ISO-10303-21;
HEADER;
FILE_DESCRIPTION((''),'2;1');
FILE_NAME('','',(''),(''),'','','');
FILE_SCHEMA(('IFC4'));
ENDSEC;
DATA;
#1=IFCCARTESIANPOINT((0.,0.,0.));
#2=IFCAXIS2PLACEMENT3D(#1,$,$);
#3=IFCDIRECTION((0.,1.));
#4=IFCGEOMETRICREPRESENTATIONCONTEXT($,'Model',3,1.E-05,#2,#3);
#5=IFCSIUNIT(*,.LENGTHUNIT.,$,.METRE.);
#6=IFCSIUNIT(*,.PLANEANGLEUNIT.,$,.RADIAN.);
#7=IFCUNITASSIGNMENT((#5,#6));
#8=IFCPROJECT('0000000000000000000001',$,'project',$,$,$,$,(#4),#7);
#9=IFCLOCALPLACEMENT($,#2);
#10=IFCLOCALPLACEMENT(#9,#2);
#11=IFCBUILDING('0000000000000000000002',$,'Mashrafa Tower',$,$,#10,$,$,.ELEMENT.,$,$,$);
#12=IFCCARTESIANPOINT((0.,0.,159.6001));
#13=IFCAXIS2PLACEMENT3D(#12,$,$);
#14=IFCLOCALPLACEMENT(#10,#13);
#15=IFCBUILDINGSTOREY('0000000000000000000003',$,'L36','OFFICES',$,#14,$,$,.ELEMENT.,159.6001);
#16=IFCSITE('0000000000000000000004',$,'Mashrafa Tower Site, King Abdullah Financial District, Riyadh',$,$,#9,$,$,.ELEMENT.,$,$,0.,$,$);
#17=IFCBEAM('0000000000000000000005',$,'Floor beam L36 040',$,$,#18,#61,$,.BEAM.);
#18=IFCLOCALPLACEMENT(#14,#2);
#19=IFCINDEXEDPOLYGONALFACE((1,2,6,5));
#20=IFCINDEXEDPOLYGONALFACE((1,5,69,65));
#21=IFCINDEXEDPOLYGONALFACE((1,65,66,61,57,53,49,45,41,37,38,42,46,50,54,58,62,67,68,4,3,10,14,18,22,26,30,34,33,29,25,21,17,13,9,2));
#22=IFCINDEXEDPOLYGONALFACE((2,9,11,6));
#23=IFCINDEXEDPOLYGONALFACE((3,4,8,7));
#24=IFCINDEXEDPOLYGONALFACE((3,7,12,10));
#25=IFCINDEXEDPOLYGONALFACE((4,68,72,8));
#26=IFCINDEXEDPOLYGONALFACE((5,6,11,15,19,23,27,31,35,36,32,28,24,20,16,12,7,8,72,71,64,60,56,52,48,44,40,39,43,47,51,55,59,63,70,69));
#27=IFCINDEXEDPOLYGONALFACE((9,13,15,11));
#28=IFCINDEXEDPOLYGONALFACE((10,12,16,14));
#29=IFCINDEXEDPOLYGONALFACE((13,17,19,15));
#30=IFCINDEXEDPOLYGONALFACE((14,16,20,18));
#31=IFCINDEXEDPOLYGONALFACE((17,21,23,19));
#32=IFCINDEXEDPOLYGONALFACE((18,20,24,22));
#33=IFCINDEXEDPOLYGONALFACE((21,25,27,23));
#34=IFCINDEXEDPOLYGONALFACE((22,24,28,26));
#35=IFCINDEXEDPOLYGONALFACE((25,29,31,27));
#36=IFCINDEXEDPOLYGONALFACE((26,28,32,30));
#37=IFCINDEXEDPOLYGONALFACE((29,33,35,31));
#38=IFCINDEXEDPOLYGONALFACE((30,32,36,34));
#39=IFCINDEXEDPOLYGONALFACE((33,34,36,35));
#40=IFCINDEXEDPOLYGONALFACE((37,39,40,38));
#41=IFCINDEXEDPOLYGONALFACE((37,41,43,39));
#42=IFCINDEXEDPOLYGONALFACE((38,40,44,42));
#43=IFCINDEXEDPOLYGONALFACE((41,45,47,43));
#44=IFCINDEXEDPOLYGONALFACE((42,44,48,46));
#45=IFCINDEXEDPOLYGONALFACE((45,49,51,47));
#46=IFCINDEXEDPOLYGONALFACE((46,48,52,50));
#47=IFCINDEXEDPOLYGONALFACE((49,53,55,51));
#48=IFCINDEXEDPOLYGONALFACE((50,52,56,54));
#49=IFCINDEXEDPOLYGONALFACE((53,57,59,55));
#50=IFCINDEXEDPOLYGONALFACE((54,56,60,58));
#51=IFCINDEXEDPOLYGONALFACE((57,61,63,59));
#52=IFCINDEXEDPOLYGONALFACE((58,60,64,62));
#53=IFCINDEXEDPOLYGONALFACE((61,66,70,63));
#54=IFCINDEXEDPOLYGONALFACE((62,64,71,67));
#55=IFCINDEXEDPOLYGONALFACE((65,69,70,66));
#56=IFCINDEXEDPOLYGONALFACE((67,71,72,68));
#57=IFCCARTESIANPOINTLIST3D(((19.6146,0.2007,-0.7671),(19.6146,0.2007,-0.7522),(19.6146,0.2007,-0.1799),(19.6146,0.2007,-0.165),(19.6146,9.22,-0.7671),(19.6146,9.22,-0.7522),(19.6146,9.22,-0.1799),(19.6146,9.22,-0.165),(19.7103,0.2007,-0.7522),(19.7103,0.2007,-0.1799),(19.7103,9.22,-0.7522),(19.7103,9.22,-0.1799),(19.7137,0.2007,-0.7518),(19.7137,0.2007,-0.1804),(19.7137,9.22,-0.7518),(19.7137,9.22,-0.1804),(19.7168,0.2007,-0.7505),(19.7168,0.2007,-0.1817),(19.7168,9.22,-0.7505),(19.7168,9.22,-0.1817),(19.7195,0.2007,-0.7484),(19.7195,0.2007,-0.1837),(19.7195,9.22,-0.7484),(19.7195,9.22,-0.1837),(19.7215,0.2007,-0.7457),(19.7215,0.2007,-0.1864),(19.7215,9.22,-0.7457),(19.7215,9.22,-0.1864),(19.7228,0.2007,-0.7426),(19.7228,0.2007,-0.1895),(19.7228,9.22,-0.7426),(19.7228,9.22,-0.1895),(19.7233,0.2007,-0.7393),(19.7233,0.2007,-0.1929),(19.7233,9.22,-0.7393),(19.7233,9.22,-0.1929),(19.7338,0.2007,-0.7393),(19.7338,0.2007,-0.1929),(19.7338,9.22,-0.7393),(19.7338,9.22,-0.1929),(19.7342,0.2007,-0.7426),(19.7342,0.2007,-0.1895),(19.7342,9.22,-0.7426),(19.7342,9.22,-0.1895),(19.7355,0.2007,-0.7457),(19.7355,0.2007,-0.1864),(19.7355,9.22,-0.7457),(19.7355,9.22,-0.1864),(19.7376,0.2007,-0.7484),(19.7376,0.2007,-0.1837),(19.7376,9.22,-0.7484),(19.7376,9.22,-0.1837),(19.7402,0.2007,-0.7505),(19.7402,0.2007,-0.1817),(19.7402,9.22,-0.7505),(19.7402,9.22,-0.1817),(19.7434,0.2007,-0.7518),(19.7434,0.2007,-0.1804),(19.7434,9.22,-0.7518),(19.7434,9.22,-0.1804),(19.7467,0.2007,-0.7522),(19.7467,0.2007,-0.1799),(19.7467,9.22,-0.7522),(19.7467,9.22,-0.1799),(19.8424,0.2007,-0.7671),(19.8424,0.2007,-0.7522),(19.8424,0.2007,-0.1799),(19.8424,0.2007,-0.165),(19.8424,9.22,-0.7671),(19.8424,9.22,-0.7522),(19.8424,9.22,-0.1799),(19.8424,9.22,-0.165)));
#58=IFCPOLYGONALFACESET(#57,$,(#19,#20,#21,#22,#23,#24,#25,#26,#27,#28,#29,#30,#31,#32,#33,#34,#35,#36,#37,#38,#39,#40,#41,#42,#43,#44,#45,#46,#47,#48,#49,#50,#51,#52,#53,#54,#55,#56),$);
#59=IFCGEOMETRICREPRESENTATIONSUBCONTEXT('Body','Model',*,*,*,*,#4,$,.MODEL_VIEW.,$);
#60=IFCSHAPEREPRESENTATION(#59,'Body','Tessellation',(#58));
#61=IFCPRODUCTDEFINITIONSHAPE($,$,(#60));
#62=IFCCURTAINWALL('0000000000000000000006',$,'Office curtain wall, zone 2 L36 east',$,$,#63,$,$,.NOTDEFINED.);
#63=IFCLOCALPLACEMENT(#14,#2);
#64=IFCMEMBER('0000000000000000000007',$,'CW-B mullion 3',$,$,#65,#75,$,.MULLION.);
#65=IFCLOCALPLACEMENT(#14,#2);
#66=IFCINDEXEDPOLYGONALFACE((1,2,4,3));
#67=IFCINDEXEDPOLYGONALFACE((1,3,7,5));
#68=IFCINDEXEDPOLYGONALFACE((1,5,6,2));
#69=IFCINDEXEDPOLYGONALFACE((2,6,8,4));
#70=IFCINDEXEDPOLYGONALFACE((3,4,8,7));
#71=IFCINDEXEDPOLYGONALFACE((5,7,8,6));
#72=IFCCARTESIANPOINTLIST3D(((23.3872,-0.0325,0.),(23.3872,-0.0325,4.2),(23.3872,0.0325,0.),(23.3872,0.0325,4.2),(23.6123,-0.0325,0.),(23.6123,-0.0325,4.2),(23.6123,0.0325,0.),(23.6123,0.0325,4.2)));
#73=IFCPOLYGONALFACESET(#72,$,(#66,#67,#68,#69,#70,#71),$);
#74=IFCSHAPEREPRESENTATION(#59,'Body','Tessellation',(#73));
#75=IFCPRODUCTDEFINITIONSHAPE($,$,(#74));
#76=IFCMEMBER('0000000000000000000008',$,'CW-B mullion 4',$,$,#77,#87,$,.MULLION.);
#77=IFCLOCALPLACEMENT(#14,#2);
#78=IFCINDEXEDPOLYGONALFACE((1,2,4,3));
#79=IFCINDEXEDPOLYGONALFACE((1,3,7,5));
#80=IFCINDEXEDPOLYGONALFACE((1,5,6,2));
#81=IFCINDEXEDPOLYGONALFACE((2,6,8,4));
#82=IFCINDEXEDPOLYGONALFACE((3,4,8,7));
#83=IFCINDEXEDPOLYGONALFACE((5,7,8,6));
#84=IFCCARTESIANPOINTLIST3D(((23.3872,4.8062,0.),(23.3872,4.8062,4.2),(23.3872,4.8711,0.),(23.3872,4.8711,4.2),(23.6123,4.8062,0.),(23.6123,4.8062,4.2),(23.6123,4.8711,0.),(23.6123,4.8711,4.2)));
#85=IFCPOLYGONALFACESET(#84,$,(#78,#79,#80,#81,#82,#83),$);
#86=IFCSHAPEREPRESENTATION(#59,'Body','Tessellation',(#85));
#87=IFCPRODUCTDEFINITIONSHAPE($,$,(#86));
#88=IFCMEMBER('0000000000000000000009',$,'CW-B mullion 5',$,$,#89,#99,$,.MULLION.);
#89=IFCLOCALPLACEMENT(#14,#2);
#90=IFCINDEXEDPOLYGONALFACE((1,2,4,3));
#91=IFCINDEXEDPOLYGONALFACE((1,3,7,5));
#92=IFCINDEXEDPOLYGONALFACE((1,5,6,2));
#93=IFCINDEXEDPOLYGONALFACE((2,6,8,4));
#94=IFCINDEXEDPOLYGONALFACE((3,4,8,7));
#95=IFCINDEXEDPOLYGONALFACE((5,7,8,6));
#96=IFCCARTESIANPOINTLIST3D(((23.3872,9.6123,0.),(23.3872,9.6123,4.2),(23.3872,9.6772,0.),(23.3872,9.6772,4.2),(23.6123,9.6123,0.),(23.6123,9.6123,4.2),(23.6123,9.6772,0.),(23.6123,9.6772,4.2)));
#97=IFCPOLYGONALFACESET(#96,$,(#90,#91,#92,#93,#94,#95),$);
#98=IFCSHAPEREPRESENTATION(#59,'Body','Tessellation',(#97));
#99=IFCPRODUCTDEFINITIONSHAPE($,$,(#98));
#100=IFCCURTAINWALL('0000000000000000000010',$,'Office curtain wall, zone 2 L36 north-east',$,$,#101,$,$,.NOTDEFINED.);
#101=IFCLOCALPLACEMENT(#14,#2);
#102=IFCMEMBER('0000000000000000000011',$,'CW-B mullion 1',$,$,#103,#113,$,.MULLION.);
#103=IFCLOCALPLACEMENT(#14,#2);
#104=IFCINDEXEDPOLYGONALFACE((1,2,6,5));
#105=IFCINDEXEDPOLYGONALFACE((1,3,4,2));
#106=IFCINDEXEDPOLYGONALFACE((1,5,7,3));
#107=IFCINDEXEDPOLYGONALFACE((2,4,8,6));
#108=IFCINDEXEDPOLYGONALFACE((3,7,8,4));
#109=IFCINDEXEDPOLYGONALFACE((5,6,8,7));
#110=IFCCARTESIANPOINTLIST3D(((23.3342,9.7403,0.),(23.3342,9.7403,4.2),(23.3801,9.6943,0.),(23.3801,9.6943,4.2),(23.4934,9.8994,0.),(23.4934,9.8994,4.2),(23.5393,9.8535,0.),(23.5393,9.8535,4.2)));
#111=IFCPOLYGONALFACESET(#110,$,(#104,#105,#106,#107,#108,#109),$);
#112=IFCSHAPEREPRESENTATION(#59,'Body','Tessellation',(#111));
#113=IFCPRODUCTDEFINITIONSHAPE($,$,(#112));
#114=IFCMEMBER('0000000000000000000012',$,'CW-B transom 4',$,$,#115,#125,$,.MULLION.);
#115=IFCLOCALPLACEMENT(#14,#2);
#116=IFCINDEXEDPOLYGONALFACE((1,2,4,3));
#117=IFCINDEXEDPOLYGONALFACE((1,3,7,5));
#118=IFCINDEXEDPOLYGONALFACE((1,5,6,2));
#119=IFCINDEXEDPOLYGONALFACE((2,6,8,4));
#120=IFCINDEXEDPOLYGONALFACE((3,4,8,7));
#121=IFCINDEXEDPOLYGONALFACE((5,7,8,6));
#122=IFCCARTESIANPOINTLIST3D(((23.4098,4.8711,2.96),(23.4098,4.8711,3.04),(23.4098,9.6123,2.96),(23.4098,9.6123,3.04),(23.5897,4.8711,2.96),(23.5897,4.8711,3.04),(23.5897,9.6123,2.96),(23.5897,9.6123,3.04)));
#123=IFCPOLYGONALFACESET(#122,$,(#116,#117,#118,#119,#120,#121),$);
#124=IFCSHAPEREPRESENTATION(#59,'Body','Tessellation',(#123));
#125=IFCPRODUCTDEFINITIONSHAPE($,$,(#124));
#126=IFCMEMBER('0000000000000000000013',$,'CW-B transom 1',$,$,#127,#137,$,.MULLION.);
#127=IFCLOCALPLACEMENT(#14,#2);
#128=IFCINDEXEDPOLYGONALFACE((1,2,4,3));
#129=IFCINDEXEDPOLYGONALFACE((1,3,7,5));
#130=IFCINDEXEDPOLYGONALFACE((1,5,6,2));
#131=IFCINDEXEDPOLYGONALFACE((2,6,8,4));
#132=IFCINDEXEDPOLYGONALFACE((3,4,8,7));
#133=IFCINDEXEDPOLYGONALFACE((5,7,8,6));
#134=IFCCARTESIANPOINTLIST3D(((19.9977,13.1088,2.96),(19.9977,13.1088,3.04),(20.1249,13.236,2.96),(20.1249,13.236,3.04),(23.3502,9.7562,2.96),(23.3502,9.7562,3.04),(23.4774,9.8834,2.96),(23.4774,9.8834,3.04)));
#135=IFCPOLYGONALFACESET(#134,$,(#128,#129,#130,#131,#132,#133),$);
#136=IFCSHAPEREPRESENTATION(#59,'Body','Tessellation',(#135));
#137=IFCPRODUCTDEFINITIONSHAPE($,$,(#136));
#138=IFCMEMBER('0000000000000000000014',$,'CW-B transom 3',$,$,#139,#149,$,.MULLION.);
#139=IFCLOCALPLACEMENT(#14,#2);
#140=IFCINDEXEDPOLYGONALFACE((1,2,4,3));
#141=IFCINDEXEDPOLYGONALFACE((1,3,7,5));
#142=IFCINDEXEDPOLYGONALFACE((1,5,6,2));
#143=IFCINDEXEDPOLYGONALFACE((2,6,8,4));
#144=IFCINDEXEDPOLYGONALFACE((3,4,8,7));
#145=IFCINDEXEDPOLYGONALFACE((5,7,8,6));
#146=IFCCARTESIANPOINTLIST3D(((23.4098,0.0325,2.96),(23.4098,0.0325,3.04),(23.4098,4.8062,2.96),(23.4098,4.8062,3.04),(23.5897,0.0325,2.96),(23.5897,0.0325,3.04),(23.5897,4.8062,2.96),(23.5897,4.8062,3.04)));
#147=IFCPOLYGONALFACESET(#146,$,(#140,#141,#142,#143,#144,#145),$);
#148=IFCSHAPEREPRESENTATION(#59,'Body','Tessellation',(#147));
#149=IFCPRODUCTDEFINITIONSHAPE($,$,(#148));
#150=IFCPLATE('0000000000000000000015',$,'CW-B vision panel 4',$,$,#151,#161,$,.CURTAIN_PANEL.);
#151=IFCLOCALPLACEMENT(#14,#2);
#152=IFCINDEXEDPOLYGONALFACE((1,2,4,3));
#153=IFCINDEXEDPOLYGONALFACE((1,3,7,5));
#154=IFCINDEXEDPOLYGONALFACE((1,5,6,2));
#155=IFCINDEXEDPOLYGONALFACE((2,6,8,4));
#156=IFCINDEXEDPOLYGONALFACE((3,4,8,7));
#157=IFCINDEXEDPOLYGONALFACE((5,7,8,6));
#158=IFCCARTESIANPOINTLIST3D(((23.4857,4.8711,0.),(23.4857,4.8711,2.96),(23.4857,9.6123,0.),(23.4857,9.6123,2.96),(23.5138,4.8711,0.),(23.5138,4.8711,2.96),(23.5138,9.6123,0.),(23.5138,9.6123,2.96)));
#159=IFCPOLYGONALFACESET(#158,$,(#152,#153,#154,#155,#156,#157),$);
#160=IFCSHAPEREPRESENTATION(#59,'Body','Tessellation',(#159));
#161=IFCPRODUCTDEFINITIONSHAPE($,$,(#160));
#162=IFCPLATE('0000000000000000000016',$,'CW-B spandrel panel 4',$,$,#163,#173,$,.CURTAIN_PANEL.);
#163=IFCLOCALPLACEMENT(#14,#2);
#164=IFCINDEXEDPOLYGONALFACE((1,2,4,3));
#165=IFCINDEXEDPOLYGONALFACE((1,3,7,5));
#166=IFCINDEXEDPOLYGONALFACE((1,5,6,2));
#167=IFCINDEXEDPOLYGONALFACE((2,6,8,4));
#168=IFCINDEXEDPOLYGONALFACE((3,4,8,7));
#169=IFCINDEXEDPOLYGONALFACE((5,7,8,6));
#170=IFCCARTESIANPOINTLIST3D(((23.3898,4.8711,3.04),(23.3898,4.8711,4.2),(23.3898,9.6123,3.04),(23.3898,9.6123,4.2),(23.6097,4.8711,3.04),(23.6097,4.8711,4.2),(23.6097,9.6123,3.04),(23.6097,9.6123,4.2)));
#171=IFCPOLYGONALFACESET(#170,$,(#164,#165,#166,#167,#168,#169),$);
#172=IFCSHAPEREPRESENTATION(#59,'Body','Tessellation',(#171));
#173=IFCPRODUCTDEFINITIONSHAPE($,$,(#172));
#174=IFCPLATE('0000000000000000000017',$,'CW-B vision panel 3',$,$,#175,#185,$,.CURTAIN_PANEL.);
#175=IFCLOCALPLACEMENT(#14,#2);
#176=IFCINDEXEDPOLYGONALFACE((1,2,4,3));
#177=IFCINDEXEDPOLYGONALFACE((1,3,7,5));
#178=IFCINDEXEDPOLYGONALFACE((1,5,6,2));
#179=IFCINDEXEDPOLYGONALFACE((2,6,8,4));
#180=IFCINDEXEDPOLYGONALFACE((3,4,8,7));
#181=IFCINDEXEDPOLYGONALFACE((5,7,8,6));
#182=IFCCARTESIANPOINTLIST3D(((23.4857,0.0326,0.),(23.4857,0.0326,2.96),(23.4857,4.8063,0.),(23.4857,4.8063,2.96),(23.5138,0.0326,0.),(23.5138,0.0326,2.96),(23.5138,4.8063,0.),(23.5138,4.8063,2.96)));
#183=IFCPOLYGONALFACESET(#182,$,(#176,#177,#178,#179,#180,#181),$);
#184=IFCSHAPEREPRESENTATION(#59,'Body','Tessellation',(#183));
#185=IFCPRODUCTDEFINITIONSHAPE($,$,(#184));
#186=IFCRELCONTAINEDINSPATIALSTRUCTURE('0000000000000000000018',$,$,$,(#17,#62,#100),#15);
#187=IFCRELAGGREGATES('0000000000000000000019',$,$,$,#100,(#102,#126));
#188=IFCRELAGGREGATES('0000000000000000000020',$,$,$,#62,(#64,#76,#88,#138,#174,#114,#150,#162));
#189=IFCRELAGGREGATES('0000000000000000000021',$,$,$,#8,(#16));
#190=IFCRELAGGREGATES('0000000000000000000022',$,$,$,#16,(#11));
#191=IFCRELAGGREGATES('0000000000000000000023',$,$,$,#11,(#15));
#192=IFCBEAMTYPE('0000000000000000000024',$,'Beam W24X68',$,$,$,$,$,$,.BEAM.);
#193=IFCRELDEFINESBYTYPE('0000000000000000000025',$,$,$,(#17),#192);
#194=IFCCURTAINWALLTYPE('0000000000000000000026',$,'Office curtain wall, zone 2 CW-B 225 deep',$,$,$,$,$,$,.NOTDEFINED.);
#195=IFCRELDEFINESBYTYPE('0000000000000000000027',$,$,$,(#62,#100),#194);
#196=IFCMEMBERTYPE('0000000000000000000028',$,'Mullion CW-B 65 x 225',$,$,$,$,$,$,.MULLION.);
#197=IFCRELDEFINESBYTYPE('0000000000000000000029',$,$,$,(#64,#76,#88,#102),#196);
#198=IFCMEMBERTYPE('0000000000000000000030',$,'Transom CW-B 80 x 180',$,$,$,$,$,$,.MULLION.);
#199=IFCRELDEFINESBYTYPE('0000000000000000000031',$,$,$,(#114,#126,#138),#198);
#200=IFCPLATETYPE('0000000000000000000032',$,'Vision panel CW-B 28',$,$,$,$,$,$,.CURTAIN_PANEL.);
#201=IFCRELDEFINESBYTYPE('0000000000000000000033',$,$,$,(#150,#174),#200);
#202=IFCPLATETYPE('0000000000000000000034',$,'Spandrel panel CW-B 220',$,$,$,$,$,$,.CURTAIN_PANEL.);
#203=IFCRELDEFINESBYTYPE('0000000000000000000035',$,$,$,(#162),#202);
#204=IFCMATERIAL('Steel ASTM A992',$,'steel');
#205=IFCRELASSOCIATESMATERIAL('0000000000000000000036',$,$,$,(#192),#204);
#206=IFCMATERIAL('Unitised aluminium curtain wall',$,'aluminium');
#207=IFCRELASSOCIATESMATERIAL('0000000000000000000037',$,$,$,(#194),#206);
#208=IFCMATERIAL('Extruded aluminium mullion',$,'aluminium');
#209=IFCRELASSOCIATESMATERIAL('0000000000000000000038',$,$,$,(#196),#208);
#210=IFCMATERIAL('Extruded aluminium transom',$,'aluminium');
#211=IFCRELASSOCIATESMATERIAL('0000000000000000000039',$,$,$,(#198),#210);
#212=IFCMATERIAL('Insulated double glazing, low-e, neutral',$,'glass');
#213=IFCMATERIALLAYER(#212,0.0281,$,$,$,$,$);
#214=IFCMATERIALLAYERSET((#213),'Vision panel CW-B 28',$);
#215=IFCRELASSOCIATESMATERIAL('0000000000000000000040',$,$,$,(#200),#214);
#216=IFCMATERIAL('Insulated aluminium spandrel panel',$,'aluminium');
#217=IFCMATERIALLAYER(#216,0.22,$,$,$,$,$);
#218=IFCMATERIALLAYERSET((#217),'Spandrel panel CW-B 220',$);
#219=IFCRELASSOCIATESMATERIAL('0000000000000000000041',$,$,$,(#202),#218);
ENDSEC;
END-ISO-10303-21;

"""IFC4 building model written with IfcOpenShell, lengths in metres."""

from ifc_helpers import new_model, si_unit, direction, frame, origin, origin_2d, place, context, subcontext, project, spatial, rectangle, i_section, extrude, source, transform, mapped, material, layer, layer_set, material_profile, profile_set, type_object, type_shapes, element, aggregate, save


model = new_model("IFC4")

# Units and contexts
model_context = context("Model", 3, precision=1e-05, world=origin(), true_north=direction((0.0, 1.0)))
body_context = subcontext(model_context, "Body", "Model", "MODEL_VIEW")
ifc_project = project(units=[si_unit("LENGTHUNIT", "METRE"), si_unit("PLANEANGLEUNIT", "RADIAN")], contexts=[model_context])

# Site, building, storey
site_placement = place(None, origin())
site = spatial("IfcSite", under=ifc_project, at=site_placement, Name="Mashrafa Tower Site, King Abdullah Financial District, Riyadh", CompositionType="ELEMENT", RefElevation=0.0)
building_placement = place(site_placement, origin())
building = spatial("IfcBuilding", under=site, at=building_placement, Name="Mashrafa Tower", CompositionType="ELEMENT")
storey_placement = place(building_placement, frame((0.0, 0.0, 159.6001)))
storey = spatial("IfcBuildingStorey", under=building, at=storey_placement, Name="L36", Description="OFFICES", CompositionType="ELEMENT", Elevation=159.6001)

# Beam
ifc_material_1 = material(Name="Steel ASTM A992", Category="steel")
ifc_material_profile_1 = material_profile(ifc_material_1, i_section(OverallWidth=0.2278, OverallDepth=0.6021, WebThickness=0.0105, FlangeThickness=0.0149, FilletRadius=0.0129, at=origin_2d()), Name="W24X68")
ifc_profile_set_1 = profile_set([ifc_material_profile_1], Name="Steel ASTM A992")
beam_type_1 = type_object("IfcBeamType", Name="Beam W24X68", PredefinedType="BEAM", material=ifc_profile_set_1)
beam_1_placement = place(storey_placement, frame((19.7285, 9.22, -0.4661), z_axis=(0.0, -1.0, 0.0), x_axis=(1.0, 0.0, 0.0)))
element("IfcBeam", 1, at=beam_1_placement, inside=storey, type_object=beam_type_1, Name="Floor beam L36 040", PredefinedType="BEAM", context=body_context, shape_type="SweptSolid", body=[
    extrude(i_section(OverallWidth=0.2278, OverallDepth=0.6021, WebThickness=0.0105, FlangeThickness=0.0149, FilletRadius=0.0129, at=origin_2d()), origin(), (0.0, 0.0, 1.0), 9.0193),
])

# Curtain wall, members
ifc_material_2 = material(Name="Unitised aluminium curtain wall", Category="aluminium")
curtain_wall_type = type_object("IfcCurtainWallType", Name="Office curtain wall, zone 2 CW-B 225 deep", PredefinedType="NOTDEFINED", material=ifc_material_2)
curtain_wall_1_placement = place(storey_placement, origin())
curtain_wall_1 = element("IfcCurtainWall", 2, at=curtain_wall_1_placement, inside=storey, type_object=curtain_wall_type, Name="Office curtain wall, zone 2 L36 east", PredefinedType="NOTDEFINED")
ifc_material_3 = material(Name="Extruded aluminium mullion", Category="aluminium")
ifc_material_profile_2 = material_profile(ifc_material_3, rectangle(XDim=0.2251, YDim=0.0649, at=origin_2d()), Name="Mullion 65x225")
ifc_profile_set_2 = profile_set([ifc_material_profile_2], Name="Extruded aluminium mullion")
member_type_1 = type_object("IfcMemberType", Name="Mullion CW-B 65 x 225", PredefinedType="MULLION", material=ifc_profile_set_2)
shared_shape_1 = source(origin(), body_context, "Body", "SweptSolid", [
    extrude(rectangle(XDim=0.2251, YDim=0.0649, at=origin_2d()), origin(), (0.0, 0.0, 1.0), 4.2),
])
type_shapes(member_type_1, [shared_shape_1])
member_1_placement = place(storey_placement, frame((23.4998, 0.0, 0.0), z_axis=(0.0, 0.0, 1.0), x_axis=(-1.0, 0.0, 0.0)))
member_1 = element("IfcMember", 3, at=member_1_placement, type_object=member_type_1, Name="CW-B mullion 3", PredefinedType="MULLION", context=body_context, shape_type="MappedRepresentation", body=[
    mapped(shared_shape_1, transform((0.0, 0.0, 0.0))),
])
member_2_placement = place(storey_placement, frame((23.4998, 4.8386, 0.0), z_axis=(0.0, 0.0, 1.0), x_axis=(-1.0, 0.0, 0.0)))
member_2 = element("IfcMember", 4, at=member_2_placement, type_object=member_type_1, Name="CW-B mullion 4", PredefinedType="MULLION", context=body_context, shape_type="MappedRepresentation", body=[
    mapped(shared_shape_1, transform((0.0, 0.0, 0.0))),
])
member_3_placement = place(storey_placement, frame((23.4998, 9.6448, 0.0), z_axis=(0.0, 0.0, 1.0), x_axis=(-1.0, 0.0, 0.0)))
member_3 = element("IfcMember", 5, at=member_3_placement, type_object=member_type_1, Name="CW-B mullion 5", PredefinedType="MULLION", context=body_context, shape_type="MappedRepresentation", body=[
    mapped(shared_shape_1, transform((0.0, 0.0, 0.0))),
])

# Curtain wall, member
curtain_wall_2_placement = place(storey_placement, origin())
curtain_wall_2 = element("IfcCurtainWall", 6, at=curtain_wall_2_placement, inside=storey, type_object=curtain_wall_type, Name="Office curtain wall, zone 2 L36 north-east", PredefinedType="NOTDEFINED")
member_4_placement = place(storey_placement, frame((23.4368, 9.7969, 0.0), z_axis=(0.0, 0.0, 1.0), x_axis=(-0.707107, -0.707107, 0.0)))
member_4 = element("IfcMember", 7, at=member_4_placement, type_object=member_type_1, Name="CW-B mullion 1", PredefinedType="MULLION", context=body_context, shape_type="MappedRepresentation", body=[
    mapped(shared_shape_1, transform((0.0, 0.0, 0.0))),
])

# Members
ifc_material_4 = material(Name="Extruded aluminium transom", Category="aluminium")
ifc_material_profile_3 = material_profile(ifc_material_4, rectangle(XDim=0.1799, YDim=0.0801, at=origin_2d()), Name="Transom 80x180")
ifc_profile_set_3 = profile_set([ifc_material_profile_3], Name="Extruded aluminium transom")
member_type_2 = type_object("IfcMemberType", Name="Transom CW-B 80 x 180", PredefinedType="MULLION", material=ifc_profile_set_3)
shared_shape_2 = source(origin(), body_context, "Body", "SweptSolid", [
    extrude(rectangle(XDim=0.1799, YDim=0.0801, at=origin_2d()), origin(), (0.0, 0.0, 1.0), 4.7412),
])
member_5_placement = place(storey_placement, frame((23.4998, 4.8711, 3.0), z_axis=(0.0, 1.0, 0.0), x_axis=(-1.0, 0.0, 0.0)))
member_5 = element("IfcMember", 8, at=member_5_placement, type_object=member_type_2, Name="CW-B transom 4", PredefinedType="MULLION", context=body_context, shape_type="MappedRepresentation", body=[
    mapped(shared_shape_2, transform((0.0, 0.0, 0.0))),
])
member_6_placement = place(storey_placement, frame((23.4138, 9.8198, 3.0), z_axis=(-0.707107, 0.707107, 0.0), x_axis=(-0.707107, -0.707107, 0.0)))
member_6 = element("IfcMember", 9, at=member_6_placement, type_object=member_type_2, Name="CW-B transom 1", PredefinedType="MULLION", context=body_context, shape_type="MappedRepresentation", body=[
    mapped(shared_shape_2, transform((0.0, 0.0, 0.0))),
])
aggregate(curtain_wall_2, [member_4, member_6])
shared_shape_3 = source(origin(), body_context, "Body", "SweptSolid", [
    extrude(rectangle(XDim=0.1799, YDim=0.0801, at=origin_2d()), origin(), (0.0, 0.0, 1.0), 4.7737),
])
type_shapes(member_type_2, [shared_shape_2, shared_shape_3])
member_7_placement = place(storey_placement, frame((23.4998, 0.0325, 3.0), z_axis=(0.0, 1.0, 0.0), x_axis=(-1.0, 0.0, 0.0)))
member_7 = element("IfcMember", 10, at=member_7_placement, type_object=member_type_2, Name="CW-B transom 3", PredefinedType="MULLION", context=body_context, shape_type="MappedRepresentation", body=[
    mapped(shared_shape_3, transform((0.0, 0.0, 0.0))),
])

# Plates
ifc_material_5 = material(Name="Insulated double glazing, low-e, neutral", Category="glass")
ifc_layer_1 = layer(ifc_material_5, 0.0281)
ifc_layer_set_1 = layer_set([ifc_layer_1], Name="Vision panel CW-B 28")
plate_type_1 = type_object("IfcPlateType", Name="Vision panel CW-B 28", PredefinedType="CURTAIN_PANEL", material=ifc_layer_set_1)
shared_shape_4 = source(origin(), body_context, "Body", "SweptSolid", [
    extrude(rectangle(XDim=4.7412, YDim=0.0281, at=origin_2d()), origin(), (0.0, 0.0, 1.0), 2.96),
])
plate_1_placement = place(storey_placement, frame((23.4998, 7.2417, 0.0), z_axis=(0.0, 0.0, 1.0), x_axis=(0.0, 1.0, 0.0)))
plate_1 = element("IfcPlate", 11, at=plate_1_placement, type_object=plate_type_1, Name="CW-B vision panel 4", PredefinedType="CURTAIN_PANEL", context=body_context, shape_type="MappedRepresentation", body=[
    mapped(shared_shape_4, transform((0.0, 0.0, 0.0))),
])
ifc_material_6 = material(Name="Insulated aluminium spandrel panel", Category="aluminium")
ifc_layer_2 = layer(ifc_material_6, 0.22)
ifc_layer_set_2 = layer_set([ifc_layer_2], Name="Spandrel panel CW-B 220")
plate_type_2 = type_object("IfcPlateType", Name="Spandrel panel CW-B 220", PredefinedType="CURTAIN_PANEL", material=ifc_layer_set_2)
shared_shape_5 = source(origin(), body_context, "Body", "SweptSolid", [
    extrude(rectangle(XDim=4.7412, YDim=0.22, at=origin_2d()), origin(), (0.0, 0.0, 1.0), 1.1599),
])
plate_2_placement = place(storey_placement, frame((23.4998, 7.2417, 3.04), z_axis=(0.0, 0.0, 1.0), x_axis=(0.0, 1.0, 0.0)))
plate_2 = element("IfcPlate", 12, at=plate_2_placement, type_object=plate_type_2, Name="CW-B spandrel panel 4", PredefinedType="CURTAIN_PANEL", context=body_context, shape_type="MappedRepresentation", body=[
    mapped(shared_shape_5, transform((0.0, 0.0, 0.0))),
])
shared_shape_6 = source(origin(), body_context, "Body", "SweptSolid", [
    extrude(rectangle(XDim=4.7737, YDim=0.0281, at=origin_2d()), origin(), (0.0, 0.0, 1.0), 2.96),
])
type_shapes(plate_type_1, [shared_shape_4, shared_shape_6])
plate_3_placement = place(storey_placement, frame((23.4998, 2.4194, 0.0), z_axis=(0.0, 0.0, 1.0), x_axis=(0.0, 1.0, 0.0)))
plate_3 = element("IfcPlate", 13, at=plate_3_placement, type_object=plate_type_1, Name="CW-B vision panel 3", PredefinedType="CURTAIN_PANEL", context=body_context, shape_type="MappedRepresentation", body=[
    mapped(shared_shape_6, transform((0.0, 0.0, 0.0))),
])
aggregate(curtain_wall_1, [member_1, member_2, member_3, member_7, plate_3, member_5, plate_1, plate_2])

save(model, "model.ifc")
